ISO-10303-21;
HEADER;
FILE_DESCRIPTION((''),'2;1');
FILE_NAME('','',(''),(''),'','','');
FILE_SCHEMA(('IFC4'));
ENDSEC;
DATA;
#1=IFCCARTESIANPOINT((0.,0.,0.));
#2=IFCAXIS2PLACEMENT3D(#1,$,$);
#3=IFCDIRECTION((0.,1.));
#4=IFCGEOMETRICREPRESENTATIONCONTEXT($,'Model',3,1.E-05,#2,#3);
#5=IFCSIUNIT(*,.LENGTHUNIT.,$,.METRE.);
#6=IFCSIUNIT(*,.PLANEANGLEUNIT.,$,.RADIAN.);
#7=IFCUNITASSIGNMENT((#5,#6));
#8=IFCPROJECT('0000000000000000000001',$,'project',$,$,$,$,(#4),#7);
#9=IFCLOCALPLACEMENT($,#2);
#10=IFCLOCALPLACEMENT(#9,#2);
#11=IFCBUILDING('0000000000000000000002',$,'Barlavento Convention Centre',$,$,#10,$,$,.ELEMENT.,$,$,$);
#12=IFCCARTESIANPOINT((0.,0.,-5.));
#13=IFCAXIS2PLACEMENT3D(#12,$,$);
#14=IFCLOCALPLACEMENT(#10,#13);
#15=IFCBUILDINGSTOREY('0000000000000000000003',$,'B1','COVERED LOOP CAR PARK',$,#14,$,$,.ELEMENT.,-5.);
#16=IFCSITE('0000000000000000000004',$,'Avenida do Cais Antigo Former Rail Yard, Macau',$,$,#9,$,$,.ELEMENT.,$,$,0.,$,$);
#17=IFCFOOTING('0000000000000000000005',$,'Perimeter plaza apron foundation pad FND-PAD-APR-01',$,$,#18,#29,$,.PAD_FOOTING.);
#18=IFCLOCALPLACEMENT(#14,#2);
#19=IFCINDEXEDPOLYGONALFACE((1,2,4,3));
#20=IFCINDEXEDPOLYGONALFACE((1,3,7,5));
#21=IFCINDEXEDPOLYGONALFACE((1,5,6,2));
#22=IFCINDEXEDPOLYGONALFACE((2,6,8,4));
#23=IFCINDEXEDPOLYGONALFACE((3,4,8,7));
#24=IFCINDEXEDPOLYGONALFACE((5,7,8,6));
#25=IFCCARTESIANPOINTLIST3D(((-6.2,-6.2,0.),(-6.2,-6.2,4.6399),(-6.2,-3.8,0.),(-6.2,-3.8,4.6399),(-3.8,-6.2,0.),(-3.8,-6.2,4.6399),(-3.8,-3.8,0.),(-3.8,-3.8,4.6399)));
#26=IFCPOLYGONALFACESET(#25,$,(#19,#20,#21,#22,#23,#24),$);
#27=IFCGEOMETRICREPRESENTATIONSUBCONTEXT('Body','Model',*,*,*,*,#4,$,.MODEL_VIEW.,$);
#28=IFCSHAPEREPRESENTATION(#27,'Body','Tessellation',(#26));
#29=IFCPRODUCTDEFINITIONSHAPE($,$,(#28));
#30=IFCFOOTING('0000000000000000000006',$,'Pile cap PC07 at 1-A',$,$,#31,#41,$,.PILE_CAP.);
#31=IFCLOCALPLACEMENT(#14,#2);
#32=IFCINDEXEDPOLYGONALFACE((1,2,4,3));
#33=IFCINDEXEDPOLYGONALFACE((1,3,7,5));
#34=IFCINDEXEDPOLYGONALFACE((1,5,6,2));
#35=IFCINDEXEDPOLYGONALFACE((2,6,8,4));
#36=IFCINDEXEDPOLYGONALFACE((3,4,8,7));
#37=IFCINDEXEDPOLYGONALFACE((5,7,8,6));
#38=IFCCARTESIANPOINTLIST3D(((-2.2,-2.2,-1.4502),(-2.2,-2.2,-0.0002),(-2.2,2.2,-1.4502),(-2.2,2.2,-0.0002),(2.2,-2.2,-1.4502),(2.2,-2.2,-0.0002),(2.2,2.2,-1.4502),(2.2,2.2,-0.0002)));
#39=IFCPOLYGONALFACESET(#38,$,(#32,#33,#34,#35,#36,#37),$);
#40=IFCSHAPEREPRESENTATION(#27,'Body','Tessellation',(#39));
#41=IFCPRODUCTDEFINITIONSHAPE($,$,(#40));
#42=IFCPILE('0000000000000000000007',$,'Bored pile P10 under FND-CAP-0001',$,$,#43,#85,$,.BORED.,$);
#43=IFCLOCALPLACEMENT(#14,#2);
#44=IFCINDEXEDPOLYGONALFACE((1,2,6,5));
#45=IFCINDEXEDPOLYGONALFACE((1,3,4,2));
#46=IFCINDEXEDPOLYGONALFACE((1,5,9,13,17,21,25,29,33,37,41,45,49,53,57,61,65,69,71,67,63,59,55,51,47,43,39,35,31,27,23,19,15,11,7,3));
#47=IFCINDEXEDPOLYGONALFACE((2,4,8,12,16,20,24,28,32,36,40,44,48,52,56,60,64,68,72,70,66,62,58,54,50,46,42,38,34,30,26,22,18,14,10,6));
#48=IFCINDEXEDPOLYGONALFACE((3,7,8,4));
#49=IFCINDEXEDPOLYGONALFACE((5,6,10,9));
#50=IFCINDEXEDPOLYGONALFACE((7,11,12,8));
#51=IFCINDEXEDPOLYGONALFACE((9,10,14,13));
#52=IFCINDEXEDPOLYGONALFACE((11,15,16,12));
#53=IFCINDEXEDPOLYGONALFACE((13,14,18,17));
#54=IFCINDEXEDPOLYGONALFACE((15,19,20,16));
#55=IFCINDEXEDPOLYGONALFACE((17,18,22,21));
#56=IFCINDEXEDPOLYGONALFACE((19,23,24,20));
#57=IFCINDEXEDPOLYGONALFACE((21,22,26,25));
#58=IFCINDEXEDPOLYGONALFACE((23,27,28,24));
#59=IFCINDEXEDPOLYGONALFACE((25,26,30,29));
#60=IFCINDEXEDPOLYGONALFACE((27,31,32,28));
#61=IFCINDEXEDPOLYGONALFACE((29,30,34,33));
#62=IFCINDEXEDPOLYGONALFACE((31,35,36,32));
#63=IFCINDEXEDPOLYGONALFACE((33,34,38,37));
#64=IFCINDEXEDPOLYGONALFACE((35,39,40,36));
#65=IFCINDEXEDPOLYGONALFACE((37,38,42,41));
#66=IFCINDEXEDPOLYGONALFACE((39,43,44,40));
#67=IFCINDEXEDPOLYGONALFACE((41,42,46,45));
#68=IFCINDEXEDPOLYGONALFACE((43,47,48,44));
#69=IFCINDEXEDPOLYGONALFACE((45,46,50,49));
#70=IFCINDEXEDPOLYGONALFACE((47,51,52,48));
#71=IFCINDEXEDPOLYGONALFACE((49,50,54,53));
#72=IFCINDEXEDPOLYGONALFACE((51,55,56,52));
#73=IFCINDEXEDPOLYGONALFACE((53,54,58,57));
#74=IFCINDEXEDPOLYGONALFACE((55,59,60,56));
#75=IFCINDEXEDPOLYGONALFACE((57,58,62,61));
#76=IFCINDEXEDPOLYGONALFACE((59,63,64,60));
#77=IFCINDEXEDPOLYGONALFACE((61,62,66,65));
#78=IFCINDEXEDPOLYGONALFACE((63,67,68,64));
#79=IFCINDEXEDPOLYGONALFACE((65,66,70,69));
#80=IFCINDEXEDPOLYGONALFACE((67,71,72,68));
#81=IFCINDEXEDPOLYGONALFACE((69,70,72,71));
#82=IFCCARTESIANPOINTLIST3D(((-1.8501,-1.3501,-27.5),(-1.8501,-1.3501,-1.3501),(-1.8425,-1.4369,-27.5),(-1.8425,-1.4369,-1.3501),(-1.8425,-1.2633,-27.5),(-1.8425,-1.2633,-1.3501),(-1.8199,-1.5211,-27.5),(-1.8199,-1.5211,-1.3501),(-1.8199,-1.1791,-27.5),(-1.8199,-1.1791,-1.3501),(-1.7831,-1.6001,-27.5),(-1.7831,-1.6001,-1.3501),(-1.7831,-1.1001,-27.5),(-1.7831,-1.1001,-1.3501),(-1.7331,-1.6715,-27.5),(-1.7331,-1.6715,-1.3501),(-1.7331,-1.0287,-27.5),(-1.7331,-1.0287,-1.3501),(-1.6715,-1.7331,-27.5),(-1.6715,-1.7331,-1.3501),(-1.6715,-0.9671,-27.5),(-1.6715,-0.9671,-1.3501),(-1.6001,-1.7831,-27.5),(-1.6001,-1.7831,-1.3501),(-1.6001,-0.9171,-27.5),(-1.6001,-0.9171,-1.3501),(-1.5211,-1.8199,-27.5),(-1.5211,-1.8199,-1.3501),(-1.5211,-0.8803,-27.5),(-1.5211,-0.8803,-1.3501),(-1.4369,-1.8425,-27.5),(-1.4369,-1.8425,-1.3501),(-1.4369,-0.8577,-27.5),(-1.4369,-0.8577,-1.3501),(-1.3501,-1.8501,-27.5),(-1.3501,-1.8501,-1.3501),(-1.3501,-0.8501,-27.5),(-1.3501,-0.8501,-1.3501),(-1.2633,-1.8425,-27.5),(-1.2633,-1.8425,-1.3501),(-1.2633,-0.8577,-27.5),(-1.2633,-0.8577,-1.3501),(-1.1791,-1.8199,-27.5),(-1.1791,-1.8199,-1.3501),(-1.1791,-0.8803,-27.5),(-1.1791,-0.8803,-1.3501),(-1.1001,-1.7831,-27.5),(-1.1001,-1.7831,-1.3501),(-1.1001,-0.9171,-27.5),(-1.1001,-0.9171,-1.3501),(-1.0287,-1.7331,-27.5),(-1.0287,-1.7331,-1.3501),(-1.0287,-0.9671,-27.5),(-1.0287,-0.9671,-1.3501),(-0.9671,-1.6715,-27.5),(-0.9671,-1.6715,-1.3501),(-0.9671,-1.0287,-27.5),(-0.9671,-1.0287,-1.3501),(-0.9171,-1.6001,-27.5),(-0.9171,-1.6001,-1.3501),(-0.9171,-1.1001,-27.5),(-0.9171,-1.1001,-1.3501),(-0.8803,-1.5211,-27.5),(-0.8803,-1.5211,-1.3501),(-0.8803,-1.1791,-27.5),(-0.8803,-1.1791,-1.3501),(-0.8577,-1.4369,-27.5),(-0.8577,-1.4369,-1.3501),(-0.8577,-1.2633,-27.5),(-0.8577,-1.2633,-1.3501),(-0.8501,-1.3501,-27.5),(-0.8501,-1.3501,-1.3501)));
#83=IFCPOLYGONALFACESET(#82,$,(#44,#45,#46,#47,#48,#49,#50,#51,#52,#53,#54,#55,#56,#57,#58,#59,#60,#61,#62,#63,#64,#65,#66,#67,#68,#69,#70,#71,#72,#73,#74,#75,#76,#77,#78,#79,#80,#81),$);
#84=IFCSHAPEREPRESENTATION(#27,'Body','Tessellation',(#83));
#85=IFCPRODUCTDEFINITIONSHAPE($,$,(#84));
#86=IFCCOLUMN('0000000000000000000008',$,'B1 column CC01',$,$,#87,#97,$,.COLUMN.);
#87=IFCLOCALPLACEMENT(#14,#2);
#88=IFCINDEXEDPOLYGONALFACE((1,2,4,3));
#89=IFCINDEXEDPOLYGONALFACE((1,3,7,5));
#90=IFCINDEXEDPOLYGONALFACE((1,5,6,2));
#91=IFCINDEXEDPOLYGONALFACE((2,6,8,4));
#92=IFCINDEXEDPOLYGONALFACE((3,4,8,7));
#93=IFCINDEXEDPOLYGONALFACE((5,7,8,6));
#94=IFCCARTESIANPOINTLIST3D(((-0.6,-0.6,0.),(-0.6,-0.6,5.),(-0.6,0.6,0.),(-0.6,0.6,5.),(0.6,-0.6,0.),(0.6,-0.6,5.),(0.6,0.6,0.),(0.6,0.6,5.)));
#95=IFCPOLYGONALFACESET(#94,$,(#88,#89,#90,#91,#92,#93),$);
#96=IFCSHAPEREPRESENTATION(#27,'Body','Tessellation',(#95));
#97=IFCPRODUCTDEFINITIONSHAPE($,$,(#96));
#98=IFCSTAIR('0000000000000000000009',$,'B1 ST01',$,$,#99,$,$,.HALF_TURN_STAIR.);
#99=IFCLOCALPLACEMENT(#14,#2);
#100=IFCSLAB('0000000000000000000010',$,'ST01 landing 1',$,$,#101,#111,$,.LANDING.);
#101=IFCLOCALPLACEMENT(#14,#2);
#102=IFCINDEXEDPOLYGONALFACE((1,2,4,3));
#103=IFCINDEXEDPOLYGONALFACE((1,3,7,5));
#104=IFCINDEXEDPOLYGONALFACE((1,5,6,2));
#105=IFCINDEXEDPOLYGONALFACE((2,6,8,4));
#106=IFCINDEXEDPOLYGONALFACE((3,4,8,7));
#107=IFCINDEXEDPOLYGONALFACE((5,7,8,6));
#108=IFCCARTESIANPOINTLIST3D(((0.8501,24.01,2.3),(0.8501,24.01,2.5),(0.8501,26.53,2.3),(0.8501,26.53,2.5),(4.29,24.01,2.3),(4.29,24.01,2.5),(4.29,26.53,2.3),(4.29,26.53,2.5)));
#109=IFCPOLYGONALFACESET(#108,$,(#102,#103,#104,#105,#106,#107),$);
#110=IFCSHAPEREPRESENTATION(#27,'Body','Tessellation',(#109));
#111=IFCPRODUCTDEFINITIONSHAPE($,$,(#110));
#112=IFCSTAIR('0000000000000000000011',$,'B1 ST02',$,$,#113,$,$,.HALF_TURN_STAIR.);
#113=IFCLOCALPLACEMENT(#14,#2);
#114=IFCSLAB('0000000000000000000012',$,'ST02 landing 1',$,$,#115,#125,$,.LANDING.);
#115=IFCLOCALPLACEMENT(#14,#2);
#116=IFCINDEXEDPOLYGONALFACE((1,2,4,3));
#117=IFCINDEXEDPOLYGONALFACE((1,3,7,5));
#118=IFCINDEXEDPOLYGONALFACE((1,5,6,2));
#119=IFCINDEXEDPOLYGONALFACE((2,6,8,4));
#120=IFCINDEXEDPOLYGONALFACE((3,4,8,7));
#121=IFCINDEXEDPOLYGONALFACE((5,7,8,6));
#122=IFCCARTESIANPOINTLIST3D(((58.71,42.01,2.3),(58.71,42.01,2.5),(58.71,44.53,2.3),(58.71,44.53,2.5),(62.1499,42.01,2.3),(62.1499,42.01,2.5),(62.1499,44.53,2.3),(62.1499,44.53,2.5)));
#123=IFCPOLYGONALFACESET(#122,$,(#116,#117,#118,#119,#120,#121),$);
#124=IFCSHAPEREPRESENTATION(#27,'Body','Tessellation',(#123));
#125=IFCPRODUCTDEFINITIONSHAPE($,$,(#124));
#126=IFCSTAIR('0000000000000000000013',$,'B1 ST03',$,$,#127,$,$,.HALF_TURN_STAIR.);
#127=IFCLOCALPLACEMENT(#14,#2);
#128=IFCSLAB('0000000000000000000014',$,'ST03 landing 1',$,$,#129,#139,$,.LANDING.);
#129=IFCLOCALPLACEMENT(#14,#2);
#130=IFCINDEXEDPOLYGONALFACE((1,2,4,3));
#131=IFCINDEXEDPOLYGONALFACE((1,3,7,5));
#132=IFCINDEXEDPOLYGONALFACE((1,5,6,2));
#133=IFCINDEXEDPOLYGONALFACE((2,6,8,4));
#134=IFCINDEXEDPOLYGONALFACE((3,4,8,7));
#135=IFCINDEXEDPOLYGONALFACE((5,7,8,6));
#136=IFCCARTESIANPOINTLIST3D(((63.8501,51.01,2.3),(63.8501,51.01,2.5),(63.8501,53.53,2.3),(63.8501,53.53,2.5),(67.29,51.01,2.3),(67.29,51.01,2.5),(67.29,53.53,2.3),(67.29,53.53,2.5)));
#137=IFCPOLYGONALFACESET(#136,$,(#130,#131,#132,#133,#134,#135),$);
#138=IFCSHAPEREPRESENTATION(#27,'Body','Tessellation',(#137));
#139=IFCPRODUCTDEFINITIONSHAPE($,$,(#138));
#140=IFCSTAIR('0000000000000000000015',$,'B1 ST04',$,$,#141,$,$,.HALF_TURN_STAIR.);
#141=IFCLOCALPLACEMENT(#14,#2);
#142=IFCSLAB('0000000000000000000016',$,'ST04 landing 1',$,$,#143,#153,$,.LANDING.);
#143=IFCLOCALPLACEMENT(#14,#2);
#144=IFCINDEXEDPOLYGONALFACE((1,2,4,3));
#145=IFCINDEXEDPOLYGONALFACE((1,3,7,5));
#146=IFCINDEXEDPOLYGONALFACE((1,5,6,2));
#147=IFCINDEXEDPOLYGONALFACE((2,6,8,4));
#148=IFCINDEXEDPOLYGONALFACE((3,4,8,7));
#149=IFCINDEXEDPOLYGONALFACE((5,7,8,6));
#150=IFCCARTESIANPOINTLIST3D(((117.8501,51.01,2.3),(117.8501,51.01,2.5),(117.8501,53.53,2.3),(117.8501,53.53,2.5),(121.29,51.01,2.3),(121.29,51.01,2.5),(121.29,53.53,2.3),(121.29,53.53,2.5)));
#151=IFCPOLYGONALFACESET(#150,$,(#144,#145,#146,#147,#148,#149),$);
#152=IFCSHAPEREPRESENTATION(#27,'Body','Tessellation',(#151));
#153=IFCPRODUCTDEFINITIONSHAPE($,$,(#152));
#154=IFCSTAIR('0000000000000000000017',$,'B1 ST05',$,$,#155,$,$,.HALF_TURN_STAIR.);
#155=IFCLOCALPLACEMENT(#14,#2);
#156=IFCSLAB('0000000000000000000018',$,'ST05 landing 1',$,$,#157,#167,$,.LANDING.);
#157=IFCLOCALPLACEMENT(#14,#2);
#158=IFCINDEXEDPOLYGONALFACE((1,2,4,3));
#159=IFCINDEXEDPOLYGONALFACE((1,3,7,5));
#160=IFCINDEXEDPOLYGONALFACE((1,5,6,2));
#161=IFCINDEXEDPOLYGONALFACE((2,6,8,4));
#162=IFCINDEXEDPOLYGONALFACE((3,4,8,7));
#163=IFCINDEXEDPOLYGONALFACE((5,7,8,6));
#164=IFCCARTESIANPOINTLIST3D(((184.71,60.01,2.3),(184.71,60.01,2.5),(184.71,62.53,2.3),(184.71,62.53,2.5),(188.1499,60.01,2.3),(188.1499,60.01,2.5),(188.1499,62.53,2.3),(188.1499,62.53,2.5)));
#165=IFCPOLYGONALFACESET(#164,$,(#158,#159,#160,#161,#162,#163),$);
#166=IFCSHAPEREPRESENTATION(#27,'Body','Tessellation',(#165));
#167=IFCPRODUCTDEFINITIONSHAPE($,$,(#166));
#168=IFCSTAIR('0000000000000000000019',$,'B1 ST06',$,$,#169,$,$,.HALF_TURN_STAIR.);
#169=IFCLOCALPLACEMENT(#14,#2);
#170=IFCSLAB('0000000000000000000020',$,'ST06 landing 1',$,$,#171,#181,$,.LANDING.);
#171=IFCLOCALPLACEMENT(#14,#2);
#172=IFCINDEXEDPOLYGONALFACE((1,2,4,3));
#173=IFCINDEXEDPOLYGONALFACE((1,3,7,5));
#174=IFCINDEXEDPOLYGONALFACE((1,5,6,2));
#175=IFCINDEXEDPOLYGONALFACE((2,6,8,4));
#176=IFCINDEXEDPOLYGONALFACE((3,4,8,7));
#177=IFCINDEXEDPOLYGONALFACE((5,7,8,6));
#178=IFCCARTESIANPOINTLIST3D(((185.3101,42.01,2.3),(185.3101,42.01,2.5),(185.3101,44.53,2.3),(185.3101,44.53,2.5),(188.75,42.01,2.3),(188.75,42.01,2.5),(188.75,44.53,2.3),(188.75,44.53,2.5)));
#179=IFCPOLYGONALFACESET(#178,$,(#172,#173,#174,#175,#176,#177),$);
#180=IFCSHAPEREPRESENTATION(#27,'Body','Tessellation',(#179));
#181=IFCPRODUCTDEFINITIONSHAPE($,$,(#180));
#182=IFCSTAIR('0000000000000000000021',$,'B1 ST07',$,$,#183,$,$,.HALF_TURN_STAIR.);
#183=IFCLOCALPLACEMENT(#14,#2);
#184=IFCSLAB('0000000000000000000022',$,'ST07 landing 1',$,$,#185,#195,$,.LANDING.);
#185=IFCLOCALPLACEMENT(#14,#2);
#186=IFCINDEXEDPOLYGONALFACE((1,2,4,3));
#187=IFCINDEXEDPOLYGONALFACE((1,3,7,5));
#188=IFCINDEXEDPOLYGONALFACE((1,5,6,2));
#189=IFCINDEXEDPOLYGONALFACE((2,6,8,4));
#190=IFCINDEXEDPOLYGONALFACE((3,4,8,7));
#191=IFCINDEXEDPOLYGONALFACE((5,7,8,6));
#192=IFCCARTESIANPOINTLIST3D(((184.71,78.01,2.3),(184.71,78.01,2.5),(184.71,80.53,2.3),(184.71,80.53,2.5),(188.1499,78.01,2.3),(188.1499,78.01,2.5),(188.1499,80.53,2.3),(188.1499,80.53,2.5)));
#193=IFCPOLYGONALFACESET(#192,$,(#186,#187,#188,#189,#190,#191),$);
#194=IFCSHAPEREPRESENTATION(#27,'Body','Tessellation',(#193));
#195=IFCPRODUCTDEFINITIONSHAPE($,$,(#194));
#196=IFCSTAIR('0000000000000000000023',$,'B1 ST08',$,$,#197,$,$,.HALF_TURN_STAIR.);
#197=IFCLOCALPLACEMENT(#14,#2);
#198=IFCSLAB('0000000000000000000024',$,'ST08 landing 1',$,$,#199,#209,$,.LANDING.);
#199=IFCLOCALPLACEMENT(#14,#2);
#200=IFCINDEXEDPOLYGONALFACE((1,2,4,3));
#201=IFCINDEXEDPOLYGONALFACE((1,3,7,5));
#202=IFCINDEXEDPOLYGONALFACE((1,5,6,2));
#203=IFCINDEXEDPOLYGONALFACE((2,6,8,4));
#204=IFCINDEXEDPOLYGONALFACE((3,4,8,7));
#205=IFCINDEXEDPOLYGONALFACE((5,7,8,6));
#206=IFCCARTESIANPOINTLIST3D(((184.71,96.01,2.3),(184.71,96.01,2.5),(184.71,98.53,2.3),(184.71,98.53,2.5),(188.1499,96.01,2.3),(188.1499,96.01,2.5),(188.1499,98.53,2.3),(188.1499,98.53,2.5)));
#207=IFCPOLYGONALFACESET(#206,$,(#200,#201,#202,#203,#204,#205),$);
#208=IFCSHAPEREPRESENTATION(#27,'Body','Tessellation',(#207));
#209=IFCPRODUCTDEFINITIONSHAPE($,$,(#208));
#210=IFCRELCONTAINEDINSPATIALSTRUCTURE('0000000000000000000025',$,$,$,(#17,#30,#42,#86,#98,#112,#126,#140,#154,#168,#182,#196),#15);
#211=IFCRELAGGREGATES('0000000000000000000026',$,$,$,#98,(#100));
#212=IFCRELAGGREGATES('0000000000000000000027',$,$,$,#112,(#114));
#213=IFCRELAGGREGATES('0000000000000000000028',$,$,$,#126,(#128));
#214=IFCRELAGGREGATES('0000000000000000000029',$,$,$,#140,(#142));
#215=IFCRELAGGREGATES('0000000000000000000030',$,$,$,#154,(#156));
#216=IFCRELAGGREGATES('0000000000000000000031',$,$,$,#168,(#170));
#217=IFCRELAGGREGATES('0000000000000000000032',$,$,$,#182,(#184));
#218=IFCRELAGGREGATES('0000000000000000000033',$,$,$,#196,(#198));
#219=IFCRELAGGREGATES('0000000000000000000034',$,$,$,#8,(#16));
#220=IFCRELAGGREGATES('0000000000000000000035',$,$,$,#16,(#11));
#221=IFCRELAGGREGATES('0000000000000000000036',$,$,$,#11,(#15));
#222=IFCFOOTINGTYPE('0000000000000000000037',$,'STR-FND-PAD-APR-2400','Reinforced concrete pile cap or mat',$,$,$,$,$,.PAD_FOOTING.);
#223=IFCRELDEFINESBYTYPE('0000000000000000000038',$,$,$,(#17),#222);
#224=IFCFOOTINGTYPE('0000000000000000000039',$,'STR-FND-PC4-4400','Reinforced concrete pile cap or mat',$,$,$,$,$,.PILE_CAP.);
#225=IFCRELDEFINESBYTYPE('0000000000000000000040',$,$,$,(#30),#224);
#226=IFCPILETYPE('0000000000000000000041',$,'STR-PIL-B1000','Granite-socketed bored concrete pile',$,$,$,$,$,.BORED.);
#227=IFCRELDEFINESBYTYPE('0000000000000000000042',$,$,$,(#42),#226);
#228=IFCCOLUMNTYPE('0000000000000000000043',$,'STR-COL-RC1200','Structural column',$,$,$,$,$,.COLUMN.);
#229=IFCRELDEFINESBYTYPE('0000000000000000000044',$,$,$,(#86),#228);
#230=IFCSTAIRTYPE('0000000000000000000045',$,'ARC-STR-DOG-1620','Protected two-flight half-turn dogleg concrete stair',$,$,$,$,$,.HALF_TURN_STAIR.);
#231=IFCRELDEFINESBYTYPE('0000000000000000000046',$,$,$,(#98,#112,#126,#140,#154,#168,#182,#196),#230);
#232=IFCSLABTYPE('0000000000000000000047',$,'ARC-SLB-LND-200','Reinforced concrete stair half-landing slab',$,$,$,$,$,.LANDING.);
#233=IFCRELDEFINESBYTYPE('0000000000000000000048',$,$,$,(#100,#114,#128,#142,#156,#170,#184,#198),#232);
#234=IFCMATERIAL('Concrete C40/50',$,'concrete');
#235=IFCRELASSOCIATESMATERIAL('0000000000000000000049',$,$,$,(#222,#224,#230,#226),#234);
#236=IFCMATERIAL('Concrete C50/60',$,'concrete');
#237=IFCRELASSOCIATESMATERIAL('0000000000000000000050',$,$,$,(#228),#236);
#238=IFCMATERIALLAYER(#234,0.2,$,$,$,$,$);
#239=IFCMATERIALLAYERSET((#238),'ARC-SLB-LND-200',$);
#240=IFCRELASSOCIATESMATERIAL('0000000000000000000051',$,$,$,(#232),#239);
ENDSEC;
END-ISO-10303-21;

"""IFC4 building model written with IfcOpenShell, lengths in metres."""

from ifc_helpers import new_model, si_unit, direction, frame, origin, origin_with_axes, origin_2d, place, context, subcontext, project, spatial, polyline, rectangle, circle, outline, extrude, material, layer, layer_set, material_profile, profile_set, type_object, element, aggregate, save


model = new_model("IFC4")

# Units and contexts
model_context = context("Model", 3, precision=1e-05, world=origin(), true_north=direction((0.0, 1.0)))
body_context = subcontext(model_context, "Body", "Model", "MODEL_VIEW")
ifc_project = project(units=[si_unit("LENGTHUNIT", "METRE"), si_unit("PLANEANGLEUNIT", "RADIAN")], contexts=[model_context])

# Site, building, storey
site_placement = place(None, origin())
site = spatial("IfcSite", under=ifc_project, at=site_placement, Name="Avenida do Cais Antigo Former Rail Yard, Macau", CompositionType="ELEMENT", RefElevation=0.0)
building_placement = place(site_placement, origin())
building = spatial("IfcBuilding", under=site, at=building_placement, Name="Barlavento Convention Centre", CompositionType="ELEMENT")
storey_placement = place(building_placement, frame((0.0, 0.0, -5.0)))
storey = spatial("IfcBuildingStorey", under=building, at=storey_placement, Name="B1", Description="COVERED LOOP CAR PARK", CompositionType="ELEMENT", Elevation=-5.0)

# Footings
ifc_material_1 = material(Name="Concrete C40/50", Category="concrete")
footing_type_1 = type_object("IfcFootingType", Name="STR-FND-PAD-APR-2400", Description="Reinforced concrete pile cap or mat", PredefinedType="PAD_FOOTING", material=ifc_material_1)
footing_1_placement = place(storey_placement, frame((-5.0, -5.0, 0.0), z_axis=(0.0, 0.0, 1.0), x_axis=(1.0, 0.0, 0.0)))
element("IfcFooting", 1, at=footing_1_placement, inside=storey, type_object=footing_type_1, Name="Perimeter plaza apron foundation pad FND-PAD-APR-01", PredefinedType="PAD_FOOTING", context=body_context, shape_type="SweptSolid", body=[
    extrude(rectangle(XDim=2.3999, YDim=2.3999, at=origin_2d()), origin(), (0.0, 0.0, 1.0), 4.6399),
])
footing_type_2 = type_object("IfcFootingType", Name="STR-FND-PC4-4400", Description="Reinforced concrete pile cap or mat", PredefinedType="PILE_CAP", material=ifc_material_1)
footing_2_placement = place(storey_placement, frame((0.0, 0.0, -1.4502), z_axis=(0.0, 0.0, 1.0), x_axis=(1.0, 0.0, 0.0)))
element("IfcFooting", 2, at=footing_2_placement, inside=storey, type_object=footing_type_2, Name="Pile cap PC07 at 1-A", PredefinedType="PILE_CAP", context=body_context, shape_type="SweptSolid", body=[
    extrude(rectangle(XDim=4.3999, YDim=4.3999, at=origin_2d()), origin(), (0.0, 0.0, 1.0), 1.45),
])

# Pile
ifc_material_profile_1 = material_profile(ifc_material_1, circle(Radius=0.5, at=origin_2d()), Name="BORED PILE 1000")
ifc_profile_set_1 = profile_set([ifc_material_profile_1], Name="Concrete C40/50")
pile_type = type_object("IfcPileType", Name="STR-PIL-B1000", Description="Granite-socketed bored concrete pile", PredefinedType="BORED", material=ifc_profile_set_1)
pile_placement = place(storey_placement, frame((-1.3501, -1.3501, -1.3501), z_axis=(0.0, 0.0, -1.0), x_axis=(1.0, 0.0, 0.0)))
element("IfcPile", 3, at=pile_placement, inside=storey, type_object=pile_type, Name="Bored pile P10 under FND-CAP-0001", PredefinedType="BORED", context=body_context, shape_type="SweptSolid", body=[
    extrude(circle(Radius=0.5, at=origin_2d()), origin(), (0.0, 0.0, 1.0), 26.1499),
])

# Column
ifc_material_2 = material(Name="Concrete C50/60", Category="concrete")
ifc_material_profile_2 = material_profile(ifc_material_2, rectangle(XDim=1.2, YDim=1.2, at=origin_2d()), Name="RC 1200x1200")
ifc_profile_set_2 = profile_set([ifc_material_profile_2], Name="Concrete C50/60")
column_type = type_object("IfcColumnType", Name="STR-COL-RC1200", Description="Structural column", PredefinedType="COLUMN", material=ifc_profile_set_2)
column_placement = place(storey_placement, origin_with_axes())
element("IfcColumn", 4, at=column_placement, inside=storey, type_object=column_type, Name="B1 column CC01", PredefinedType="COLUMN", context=body_context, shape_type="SweptSolid", body=[
    extrude(rectangle(XDim=1.2, YDim=1.2, at=origin_2d()), origin(), (0.0, 0.0, 1.0), 5.0),
])

# Stairs, slabs
stair_type_1 = type_object("IfcStairType", Name="ARC-STR-DOG-1620", Description="Protected two-flight half-turn dogleg concrete stair", PredefinedType="HALF_TURN_STAIR", material=ifc_material_1)
stair_1_placement = place(storey_placement, origin())
stair_1 = element("IfcStair", 5, at=stair_1_placement, inside=storey, type_object=stair_type_1, Name="B1 ST01", PredefinedType="HALF_TURN_STAIR")
ifc_layer_1 = layer(ifc_material_1, 0.2)
ifc_layer_set_1 = layer_set([ifc_layer_1], Name="ARC-SLB-LND-200")
slab_type_1 = type_object("IfcSlabType", Name="ARC-SLB-LND-200", Description="Reinforced concrete stair half-landing slab", PredefinedType="LANDING", material=ifc_layer_set_1)
slab_1_placement = place(storey_placement, frame((0.0, 0.0, 2.3)))
slab_1 = element("IfcSlab", 6, at=slab_1_placement, type_object=slab_type_1, Name="ST01 landing 1", PredefinedType="LANDING", context=body_context, shape_type="SweptSolid", body=[
    extrude(outline(polyline([(4.29, 24.01), (4.29, 26.53), (0.8501, 26.53), (0.8501, 24.01), (4.29, 24.01)])), origin(), (0.0, 0.0, 1.0), 0.2),
])
aggregate(stair_1, [slab_1])
stair_2_placement = place(storey_placement, origin())
stair_2 = element("IfcStair", 7, at=stair_2_placement, inside=storey, type_object=stair_type_1, Name="B1 ST02", PredefinedType="HALF_TURN_STAIR")
slab_2_placement = place(storey_placement, frame((0.0, 0.0, 2.3)))
slab_2 = element("IfcSlab", 8, at=slab_2_placement, type_object=slab_type_1, Name="ST02 landing 1", PredefinedType="LANDING", context=body_context, shape_type="SweptSolid", body=[
    extrude(outline(polyline([(62.1499, 42.01), (62.1499, 44.53), (58.71, 44.53), (58.71, 42.01), (62.1499, 42.01)])), origin(), (0.0, 0.0, 1.0), 0.2),
])
aggregate(stair_2, [slab_2])
stair_3_placement = place(storey_placement, origin())
stair_3 = element("IfcStair", 9, at=stair_3_placement, inside=storey, type_object=stair_type_1, Name="B1 ST03", PredefinedType="HALF_TURN_STAIR")
slab_3_placement = place(storey_placement, frame((0.0, 0.0, 2.3)))
slab_3 = element("IfcSlab", 10, at=slab_3_placement, type_object=slab_type_1, Name="ST03 landing 1", PredefinedType="LANDING", context=body_context, shape_type="SweptSolid", body=[
    extrude(outline(polyline([(67.29, 51.01), (67.29, 53.53), (63.8501, 53.53), (63.8501, 51.01), (67.29, 51.01)])), origin(), (0.0, 0.0, 1.0), 0.2),
])
aggregate(stair_3, [slab_3])
stair_4_placement = place(storey_placement, origin())
stair_4 = element("IfcStair", 11, at=stair_4_placement, inside=storey, type_object=stair_type_1, Name="B1 ST04", PredefinedType="HALF_TURN_STAIR")
slab_4_placement = place(storey_placement, frame((0.0, 0.0, 2.3)))
slab_4 = element("IfcSlab", 12, at=slab_4_placement, type_object=slab_type_1, Name="ST04 landing 1", PredefinedType="LANDING", context=body_context, shape_type="SweptSolid", body=[
    extrude(outline(polyline([(121.29, 51.01), (121.29, 53.53), (117.8501, 53.53), (117.8501, 51.01), (121.29, 51.01)])), origin(), (0.0, 0.0, 1.0), 0.2),
])
aggregate(stair_4, [slab_4])
stair_5_placement = place(storey_placement, origin())
stair_5 = element("IfcStair", 13, at=stair_5_placement, inside=storey, type_object=stair_type_1, Name="B1 ST05", PredefinedType="HALF_TURN_STAIR")
slab_5_placement = place(storey_placement, frame((0.0, 0.0, 2.3)))
slab_5 = element("IfcSlab", 14, at=slab_5_placement, type_object=slab_type_1, Name="ST05 landing 1", PredefinedType="LANDING", context=body_context, shape_type="SweptSolid", body=[
    extrude(outline(polyline([(188.1499, 60.01), (188.1499, 62.53), (184.71, 62.53), (184.71, 60.01), (188.1499, 60.01)])), origin(), (0.0, 0.0, 1.0), 0.2),
])
aggregate(stair_5, [slab_5])
stair_6_placement = place(storey_placement, origin())
stair_6 = element("IfcStair", 15, at=stair_6_placement, inside=storey, type_object=stair_type_1, Name="B1 ST06", PredefinedType="HALF_TURN_STAIR")
slab_6_placement = place(storey_placement, frame((0.0, 0.0, 2.3)))
slab_6 = element("IfcSlab", 16, at=slab_6_placement, type_object=slab_type_1, Name="ST06 landing 1", PredefinedType="LANDING", context=body_context, shape_type="SweptSolid", body=[
    extrude(outline(polyline([(188.75, 42.01), (188.75, 44.53), (185.3101, 44.53), (185.3101, 42.01), (188.75, 42.01)])), origin(), (0.0, 0.0, 1.0), 0.2),
])
aggregate(stair_6, [slab_6])
stair_7_placement = place(storey_placement, origin())
stair_7 = element("IfcStair", 17, at=stair_7_placement, inside=storey, type_object=stair_type_1, Name="B1 ST07", PredefinedType="HALF_TURN_STAIR")
slab_7_placement = place(storey_placement, frame((0.0, 0.0, 2.3)))
slab_7 = element("IfcSlab", 18, at=slab_7_placement, type_object=slab_type_1, Name="ST07 landing 1", PredefinedType="LANDING", context=body_context, shape_type="SweptSolid", body=[
    extrude(outline(polyline([(188.1499, 78.01), (188.1499, 80.53), (184.71, 80.53), (184.71, 78.01), (188.1499, 78.01)])), origin(), (0.0, 0.0, 1.0), 0.2),
])
aggregate(stair_7, [slab_7])
stair_8_placement = place(storey_placement, origin())
stair_8 = element("IfcStair", 19, at=stair_8_placement, inside=storey, type_object=stair_type_1, Name="B1 ST08", PredefinedType="HALF_TURN_STAIR")
slab_8_placement = place(storey_placement, frame((0.0, 0.0, 2.3)))
slab_8 = element("IfcSlab", 20, at=slab_8_placement, type_object=slab_type_1, Name="ST08 landing 1", PredefinedType="LANDING", context=body_context, shape_type="SweptSolid", body=[
    extrude(outline(polyline([(188.1499, 96.01), (188.1499, 98.53), (184.71, 98.53), (184.71, 96.01), (188.1499, 96.01)])), origin(), (0.0, 0.0, 1.0), 0.2),
])
aggregate(stair_8, [slab_8])

save(model, "model.ifc")
